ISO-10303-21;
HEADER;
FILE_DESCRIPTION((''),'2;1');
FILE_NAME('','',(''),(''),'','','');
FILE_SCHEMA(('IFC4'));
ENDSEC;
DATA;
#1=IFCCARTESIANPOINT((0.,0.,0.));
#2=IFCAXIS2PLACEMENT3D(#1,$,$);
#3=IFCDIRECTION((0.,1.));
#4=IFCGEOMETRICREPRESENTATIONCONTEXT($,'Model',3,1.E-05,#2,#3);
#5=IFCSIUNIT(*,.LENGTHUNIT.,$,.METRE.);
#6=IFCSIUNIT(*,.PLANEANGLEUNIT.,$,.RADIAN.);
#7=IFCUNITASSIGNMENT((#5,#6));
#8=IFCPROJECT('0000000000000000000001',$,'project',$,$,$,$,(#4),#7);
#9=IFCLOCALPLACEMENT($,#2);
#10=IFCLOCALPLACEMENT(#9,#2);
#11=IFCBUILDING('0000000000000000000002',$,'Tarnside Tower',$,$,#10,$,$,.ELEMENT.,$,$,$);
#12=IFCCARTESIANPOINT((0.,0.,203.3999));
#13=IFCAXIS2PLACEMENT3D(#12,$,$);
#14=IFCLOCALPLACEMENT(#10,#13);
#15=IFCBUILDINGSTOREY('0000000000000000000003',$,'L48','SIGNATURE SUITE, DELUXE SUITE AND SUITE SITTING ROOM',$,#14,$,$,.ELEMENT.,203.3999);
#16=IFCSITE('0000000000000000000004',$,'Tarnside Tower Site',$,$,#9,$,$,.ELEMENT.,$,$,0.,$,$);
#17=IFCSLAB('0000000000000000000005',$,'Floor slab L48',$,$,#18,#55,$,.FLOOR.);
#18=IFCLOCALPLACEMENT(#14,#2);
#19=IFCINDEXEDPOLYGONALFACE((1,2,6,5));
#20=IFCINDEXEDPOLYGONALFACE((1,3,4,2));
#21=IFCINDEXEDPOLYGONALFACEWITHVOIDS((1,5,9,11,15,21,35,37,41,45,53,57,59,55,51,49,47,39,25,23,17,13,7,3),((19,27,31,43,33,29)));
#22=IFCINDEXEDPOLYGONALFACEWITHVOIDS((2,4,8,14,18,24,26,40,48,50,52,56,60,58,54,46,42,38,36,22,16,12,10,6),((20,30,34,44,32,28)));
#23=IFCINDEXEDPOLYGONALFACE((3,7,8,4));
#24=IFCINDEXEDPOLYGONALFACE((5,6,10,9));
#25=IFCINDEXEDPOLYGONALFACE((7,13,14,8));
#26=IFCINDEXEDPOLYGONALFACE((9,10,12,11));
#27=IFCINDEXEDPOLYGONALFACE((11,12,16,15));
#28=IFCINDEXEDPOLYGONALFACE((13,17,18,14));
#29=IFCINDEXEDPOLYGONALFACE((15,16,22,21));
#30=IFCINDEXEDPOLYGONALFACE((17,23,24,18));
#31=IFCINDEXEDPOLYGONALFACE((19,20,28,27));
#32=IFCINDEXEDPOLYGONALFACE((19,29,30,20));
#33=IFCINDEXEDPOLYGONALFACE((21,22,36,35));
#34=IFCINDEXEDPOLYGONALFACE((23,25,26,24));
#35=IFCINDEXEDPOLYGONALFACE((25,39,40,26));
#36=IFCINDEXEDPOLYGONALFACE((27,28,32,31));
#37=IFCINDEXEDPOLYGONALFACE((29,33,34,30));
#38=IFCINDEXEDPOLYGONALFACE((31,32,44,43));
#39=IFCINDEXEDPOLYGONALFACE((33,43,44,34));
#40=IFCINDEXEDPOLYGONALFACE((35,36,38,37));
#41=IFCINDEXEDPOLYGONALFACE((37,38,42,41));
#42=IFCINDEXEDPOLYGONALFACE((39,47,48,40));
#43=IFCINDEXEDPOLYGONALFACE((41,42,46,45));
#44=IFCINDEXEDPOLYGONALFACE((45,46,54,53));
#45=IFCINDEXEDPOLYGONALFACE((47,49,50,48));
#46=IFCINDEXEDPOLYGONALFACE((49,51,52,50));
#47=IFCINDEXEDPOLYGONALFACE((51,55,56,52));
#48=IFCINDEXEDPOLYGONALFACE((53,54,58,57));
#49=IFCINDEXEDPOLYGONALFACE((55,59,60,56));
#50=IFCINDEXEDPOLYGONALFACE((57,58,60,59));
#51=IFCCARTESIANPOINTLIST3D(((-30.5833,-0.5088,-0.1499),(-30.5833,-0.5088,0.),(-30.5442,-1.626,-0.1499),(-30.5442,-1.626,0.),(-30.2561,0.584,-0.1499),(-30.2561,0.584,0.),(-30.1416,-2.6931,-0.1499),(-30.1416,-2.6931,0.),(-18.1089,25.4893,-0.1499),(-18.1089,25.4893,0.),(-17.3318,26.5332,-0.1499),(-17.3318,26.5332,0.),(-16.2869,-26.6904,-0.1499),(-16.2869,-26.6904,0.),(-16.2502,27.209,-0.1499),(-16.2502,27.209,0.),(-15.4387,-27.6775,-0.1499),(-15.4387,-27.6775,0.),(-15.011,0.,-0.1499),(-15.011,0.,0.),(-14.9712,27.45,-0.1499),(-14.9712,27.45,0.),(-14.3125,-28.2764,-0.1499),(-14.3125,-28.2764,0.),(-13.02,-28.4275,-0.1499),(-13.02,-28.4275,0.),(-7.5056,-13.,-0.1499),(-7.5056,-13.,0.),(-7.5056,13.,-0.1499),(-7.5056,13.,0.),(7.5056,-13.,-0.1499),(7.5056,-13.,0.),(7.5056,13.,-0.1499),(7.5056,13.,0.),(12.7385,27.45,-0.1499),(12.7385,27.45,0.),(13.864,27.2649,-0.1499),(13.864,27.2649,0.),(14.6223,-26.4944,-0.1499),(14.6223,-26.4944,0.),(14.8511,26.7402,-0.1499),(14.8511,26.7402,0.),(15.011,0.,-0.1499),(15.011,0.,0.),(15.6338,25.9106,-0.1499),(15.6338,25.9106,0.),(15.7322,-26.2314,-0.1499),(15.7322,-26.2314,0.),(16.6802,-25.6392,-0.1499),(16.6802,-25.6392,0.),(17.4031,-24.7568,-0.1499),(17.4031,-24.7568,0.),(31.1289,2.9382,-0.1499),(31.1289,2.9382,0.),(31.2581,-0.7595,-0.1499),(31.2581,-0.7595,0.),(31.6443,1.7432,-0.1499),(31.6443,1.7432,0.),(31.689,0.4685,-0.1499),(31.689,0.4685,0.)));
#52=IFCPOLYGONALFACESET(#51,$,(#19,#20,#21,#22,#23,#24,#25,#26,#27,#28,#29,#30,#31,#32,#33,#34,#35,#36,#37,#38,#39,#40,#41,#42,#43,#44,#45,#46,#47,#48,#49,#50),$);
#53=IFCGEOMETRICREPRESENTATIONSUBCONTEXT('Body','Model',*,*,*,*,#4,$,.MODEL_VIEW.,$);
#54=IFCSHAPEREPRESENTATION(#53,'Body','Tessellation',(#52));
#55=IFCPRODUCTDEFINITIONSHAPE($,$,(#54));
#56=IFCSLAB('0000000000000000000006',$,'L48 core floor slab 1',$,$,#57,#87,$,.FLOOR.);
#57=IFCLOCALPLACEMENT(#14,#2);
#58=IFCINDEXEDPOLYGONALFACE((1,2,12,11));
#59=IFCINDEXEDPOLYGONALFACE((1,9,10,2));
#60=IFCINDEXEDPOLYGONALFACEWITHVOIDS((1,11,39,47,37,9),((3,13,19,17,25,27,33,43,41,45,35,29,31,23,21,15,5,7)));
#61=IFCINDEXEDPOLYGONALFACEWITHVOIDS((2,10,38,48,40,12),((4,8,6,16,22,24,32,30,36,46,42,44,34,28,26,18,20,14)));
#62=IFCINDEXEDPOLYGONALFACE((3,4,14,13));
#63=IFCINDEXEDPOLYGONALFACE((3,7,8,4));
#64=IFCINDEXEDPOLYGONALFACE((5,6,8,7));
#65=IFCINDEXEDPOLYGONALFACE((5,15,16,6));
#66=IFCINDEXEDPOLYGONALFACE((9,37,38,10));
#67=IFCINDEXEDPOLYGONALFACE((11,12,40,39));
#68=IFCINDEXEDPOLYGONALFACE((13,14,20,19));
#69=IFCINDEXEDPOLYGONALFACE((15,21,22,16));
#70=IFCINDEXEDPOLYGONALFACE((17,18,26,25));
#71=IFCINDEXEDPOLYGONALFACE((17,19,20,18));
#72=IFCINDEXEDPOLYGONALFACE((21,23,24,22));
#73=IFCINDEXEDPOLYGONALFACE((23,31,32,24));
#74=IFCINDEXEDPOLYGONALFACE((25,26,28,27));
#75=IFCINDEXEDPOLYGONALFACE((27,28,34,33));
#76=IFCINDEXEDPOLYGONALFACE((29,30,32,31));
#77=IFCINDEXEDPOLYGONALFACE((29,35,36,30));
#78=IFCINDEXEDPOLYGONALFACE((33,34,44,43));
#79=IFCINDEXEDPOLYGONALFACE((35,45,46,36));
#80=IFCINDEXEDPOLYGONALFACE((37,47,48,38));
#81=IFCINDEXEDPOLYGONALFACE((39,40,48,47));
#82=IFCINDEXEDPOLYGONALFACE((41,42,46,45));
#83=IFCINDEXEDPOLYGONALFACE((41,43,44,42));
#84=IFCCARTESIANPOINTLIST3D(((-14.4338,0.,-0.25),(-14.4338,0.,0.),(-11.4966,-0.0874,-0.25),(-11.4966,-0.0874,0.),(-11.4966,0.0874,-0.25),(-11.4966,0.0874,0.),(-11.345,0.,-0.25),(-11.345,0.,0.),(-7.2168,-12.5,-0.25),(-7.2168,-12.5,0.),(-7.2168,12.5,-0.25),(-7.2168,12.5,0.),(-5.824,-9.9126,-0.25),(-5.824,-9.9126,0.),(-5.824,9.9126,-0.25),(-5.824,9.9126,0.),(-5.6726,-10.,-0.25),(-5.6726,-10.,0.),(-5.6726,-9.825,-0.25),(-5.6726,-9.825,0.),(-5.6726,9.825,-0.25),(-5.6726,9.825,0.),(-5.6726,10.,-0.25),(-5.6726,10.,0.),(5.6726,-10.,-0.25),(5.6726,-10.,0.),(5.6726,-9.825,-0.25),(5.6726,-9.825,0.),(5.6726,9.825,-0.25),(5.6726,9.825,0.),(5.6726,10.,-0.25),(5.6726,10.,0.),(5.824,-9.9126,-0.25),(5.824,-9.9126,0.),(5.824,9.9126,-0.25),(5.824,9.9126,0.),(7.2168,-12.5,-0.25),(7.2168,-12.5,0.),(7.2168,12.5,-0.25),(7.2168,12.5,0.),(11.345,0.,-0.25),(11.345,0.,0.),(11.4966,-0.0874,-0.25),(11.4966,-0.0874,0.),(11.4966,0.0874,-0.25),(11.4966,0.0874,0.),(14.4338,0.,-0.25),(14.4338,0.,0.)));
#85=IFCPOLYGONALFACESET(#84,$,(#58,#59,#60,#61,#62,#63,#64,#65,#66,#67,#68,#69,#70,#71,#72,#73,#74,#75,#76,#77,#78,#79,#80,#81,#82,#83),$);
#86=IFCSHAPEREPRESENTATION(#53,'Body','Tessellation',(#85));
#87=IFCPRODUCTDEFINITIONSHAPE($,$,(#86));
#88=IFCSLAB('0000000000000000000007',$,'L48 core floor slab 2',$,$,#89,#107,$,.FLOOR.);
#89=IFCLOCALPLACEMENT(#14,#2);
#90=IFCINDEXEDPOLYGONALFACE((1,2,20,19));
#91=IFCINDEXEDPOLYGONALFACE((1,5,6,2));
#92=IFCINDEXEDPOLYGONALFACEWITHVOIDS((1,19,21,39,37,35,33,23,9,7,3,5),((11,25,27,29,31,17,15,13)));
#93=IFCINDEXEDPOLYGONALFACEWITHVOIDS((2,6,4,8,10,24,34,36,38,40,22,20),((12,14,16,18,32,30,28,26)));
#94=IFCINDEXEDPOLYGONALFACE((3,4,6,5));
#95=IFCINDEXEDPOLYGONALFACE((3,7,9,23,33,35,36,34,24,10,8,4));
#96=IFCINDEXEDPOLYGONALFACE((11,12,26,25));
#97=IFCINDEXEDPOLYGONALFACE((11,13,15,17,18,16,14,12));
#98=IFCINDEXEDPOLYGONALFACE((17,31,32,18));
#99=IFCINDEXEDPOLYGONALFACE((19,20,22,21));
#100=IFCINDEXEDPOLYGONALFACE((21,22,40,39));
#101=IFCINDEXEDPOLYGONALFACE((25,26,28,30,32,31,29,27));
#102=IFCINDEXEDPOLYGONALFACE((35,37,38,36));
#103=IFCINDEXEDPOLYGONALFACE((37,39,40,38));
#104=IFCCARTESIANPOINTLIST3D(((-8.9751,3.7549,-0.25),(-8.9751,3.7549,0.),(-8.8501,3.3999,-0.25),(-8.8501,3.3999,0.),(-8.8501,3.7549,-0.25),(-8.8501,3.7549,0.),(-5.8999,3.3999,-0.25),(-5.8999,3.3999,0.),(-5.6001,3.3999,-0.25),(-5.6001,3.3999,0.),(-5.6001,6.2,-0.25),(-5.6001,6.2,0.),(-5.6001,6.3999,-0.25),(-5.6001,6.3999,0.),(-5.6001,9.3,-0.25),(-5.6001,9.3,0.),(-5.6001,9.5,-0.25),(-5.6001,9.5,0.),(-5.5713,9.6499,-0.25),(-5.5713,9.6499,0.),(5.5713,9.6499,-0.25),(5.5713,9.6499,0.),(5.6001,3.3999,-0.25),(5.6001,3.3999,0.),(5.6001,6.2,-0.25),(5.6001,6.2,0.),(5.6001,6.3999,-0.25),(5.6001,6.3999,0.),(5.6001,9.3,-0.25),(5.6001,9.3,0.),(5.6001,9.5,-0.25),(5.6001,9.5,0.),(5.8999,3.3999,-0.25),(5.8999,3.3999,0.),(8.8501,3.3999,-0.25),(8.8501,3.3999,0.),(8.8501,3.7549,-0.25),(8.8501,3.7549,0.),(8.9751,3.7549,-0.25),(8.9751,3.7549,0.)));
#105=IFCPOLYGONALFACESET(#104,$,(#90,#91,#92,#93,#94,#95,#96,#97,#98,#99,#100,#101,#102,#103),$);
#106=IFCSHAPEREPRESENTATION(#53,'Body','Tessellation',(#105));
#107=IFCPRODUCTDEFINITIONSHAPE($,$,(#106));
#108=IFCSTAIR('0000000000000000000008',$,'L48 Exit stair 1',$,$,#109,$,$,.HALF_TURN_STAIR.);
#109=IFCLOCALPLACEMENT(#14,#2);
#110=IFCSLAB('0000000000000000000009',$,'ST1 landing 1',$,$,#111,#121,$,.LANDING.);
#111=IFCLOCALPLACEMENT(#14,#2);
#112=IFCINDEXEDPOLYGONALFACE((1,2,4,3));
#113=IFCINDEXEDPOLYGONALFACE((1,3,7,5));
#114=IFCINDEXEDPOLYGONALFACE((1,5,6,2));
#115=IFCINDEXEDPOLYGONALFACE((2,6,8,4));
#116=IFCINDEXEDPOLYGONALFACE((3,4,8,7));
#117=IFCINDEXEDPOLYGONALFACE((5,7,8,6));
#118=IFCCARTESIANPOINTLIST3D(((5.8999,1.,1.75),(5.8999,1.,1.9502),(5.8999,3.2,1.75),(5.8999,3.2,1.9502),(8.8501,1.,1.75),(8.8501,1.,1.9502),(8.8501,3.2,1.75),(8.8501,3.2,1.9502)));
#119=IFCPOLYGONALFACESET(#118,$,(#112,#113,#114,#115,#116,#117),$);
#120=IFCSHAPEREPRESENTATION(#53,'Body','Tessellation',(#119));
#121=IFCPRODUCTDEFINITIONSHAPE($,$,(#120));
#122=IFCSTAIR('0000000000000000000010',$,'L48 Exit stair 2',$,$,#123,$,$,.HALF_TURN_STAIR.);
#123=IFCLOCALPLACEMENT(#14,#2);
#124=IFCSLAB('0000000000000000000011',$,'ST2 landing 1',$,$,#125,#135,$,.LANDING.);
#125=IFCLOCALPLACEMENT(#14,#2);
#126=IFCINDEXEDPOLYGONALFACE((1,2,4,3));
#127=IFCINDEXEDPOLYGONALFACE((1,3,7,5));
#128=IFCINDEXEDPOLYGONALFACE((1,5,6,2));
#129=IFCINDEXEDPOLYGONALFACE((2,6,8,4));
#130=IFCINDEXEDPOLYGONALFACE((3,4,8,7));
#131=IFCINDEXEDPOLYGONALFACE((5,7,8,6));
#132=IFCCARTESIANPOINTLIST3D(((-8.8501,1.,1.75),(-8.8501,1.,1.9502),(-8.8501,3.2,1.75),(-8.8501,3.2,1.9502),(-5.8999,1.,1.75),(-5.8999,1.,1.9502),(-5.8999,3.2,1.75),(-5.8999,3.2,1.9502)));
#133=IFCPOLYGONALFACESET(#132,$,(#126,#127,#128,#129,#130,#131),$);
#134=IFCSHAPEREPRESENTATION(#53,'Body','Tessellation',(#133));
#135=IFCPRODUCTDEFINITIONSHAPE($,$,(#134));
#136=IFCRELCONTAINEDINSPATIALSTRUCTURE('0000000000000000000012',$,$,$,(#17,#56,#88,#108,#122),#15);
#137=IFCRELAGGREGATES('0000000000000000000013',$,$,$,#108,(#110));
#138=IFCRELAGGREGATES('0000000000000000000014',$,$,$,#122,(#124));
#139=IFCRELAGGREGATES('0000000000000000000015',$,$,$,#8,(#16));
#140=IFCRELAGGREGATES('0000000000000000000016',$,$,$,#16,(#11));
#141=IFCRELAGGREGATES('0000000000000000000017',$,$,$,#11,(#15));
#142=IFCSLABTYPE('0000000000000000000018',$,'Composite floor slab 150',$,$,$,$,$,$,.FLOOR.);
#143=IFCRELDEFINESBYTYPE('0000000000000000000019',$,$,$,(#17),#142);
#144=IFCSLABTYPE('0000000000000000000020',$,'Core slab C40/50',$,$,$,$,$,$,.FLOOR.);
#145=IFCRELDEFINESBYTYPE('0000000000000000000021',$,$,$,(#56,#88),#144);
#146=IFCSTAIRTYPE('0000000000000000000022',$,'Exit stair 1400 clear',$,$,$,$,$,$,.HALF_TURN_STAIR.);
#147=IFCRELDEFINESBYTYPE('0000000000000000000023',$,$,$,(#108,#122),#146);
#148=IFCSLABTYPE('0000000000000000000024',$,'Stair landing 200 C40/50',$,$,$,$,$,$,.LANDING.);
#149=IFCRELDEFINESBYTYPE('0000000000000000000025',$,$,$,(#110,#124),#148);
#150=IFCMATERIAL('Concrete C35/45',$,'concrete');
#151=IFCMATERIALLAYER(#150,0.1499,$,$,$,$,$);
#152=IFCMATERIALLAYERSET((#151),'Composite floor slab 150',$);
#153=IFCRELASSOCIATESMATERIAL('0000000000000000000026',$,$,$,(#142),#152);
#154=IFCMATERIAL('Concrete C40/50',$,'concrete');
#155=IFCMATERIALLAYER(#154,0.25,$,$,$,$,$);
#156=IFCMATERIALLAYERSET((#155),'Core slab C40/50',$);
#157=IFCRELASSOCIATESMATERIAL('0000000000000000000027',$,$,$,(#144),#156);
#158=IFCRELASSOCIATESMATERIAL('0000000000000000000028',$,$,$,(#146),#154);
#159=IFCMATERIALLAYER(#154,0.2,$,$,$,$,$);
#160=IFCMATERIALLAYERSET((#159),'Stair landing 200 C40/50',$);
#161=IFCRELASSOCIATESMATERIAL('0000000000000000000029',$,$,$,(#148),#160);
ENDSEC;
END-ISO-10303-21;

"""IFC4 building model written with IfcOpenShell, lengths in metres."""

from ifc_helpers import new_model, si_unit, direction, frame, origin, place, context, subcontext, project, spatial, polyline, outline, extrude, material, layer, layer_set, type_object, element, aggregate, save


model = new_model("IFC4")

# Units and contexts
model_context = context("Model", 3, precision=1e-05, world=origin(), true_north=direction((0.0, 1.0)))
body_context = subcontext(model_context, "Body", "Model", "MODEL_VIEW")
ifc_project = project(units=[si_unit("LENGTHUNIT", "METRE"), si_unit("PLANEANGLEUNIT", "RADIAN")], contexts=[model_context])

# Site, building, storey
site_placement = place(None, origin())
site = spatial("IfcSite", under=ifc_project, at=site_placement, Name="Tarnside Tower Site", CompositionType="ELEMENT", RefElevation=0.0)
building_placement = place(site_placement, origin())
building = spatial("IfcBuilding", under=site, at=building_placement, Name="Tarnside Tower", CompositionType="ELEMENT")
storey_placement = place(building_placement, frame((0.0, 0.0, 203.3999)))
storey = spatial("IfcBuildingStorey", under=building, at=storey_placement, Name="L48", Description="SIGNATURE SUITE, DELUXE SUITE AND SUITE SITTING ROOM", CompositionType="ELEMENT", Elevation=203.3999)

# Slabs
ifc_material_1 = material(Name="Concrete C35/45", Category="concrete")
ifc_layer_1 = layer(ifc_material_1, 0.1499)
ifc_layer_set_1 = layer_set([ifc_layer_1], Name="Composite floor slab 150")
slab_type_1 = type_object("IfcSlabType", Name="Composite floor slab 150", PredefinedType="FLOOR", material=ifc_layer_set_1)
slab_1_placement = place(storey_placement, frame((0.0, 0.0, -0.1499)))
element("IfcSlab", 1, at=slab_1_placement, inside=storey, type_object=slab_type_1, Name="Floor slab L48", PredefinedType="FLOOR", context=body_context, shape_type="SweptSolid", body=[
    extrude(outline(polyline([(13.864, 27.2649), (14.8511, 26.7402), (15.6338, 25.9106), (31.1289, 2.9382), (31.6443, 1.7432), (31.689, 0.4685), (31.2581, -0.7595), (17.4031, -24.7568), (16.6802, -25.6392), (15.7322, -26.2314), (14.6223, -26.4944), (-13.02, -28.4275), (-14.3125, -28.2764), (-15.4387, -27.6775), (-16.2869, -26.6904), (-30.1416, -2.6931), (-30.5442, -1.626), (-30.5833, -0.5088), (-30.2561, 0.584), (-18.1089, 25.4893), (-17.3318, 26.5332), (-16.2502, 27.209), (-14.9712, 27.45), (12.7385, 27.45), (13.864, 27.2649)]), holes=[polyline([(-15.011, 0.0), (-7.5056, -13.0), (7.5056, -13.0), (15.011, 0.0), (7.5056, 13.0), (-7.5056, 13.0), (-15.011, 0.0)])]), origin(), (0.0, 0.0, 1.0), 0.1499),
])
ifc_material_2 = material(Name="Concrete C40/50", Category="concrete")
ifc_layer_2 = layer(ifc_material_2, 0.25)
ifc_layer_set_2 = layer_set([ifc_layer_2], Name="Core slab C40/50")
slab_type_2 = type_object("IfcSlabType", Name="Core slab C40/50", PredefinedType="FLOOR", material=ifc_layer_set_2)
slab_2_placement = place(storey_placement, frame((0.0, 0.0, -0.25)))
element("IfcSlab", 2, at=slab_2_placement, inside=storey, type_object=slab_type_2, Name="L48 core floor slab 1", PredefinedType="FLOOR", context=body_context, shape_type="SweptSolid", body=[
    extrude(outline(polyline([(-7.2168, 12.5), (7.2168, 12.5), (14.4338, 0.0), (7.2168, -12.5), (-7.2168, -12.5), (-14.4338, 0.0), (-7.2168, 12.5)]), holes=[polyline([(5.824, -9.9126), (11.4966, -0.0874), (11.345, 0.0), (11.4966, 0.0874), (5.824, 9.9126), (5.6726, 9.825), (5.6726, 10.0), (-5.6726, 10.0), (-5.6726, 9.825), (-5.824, 9.9126), (-11.4966, 0.0874), (-11.345, 0.0), (-11.4966, -0.0874), (-5.824, -9.9126), (-5.6726, -9.825), (-5.6726, -10.0), (5.6726, -10.0), (5.6726, -9.825), (5.824, -9.9126)])]), origin(), (0.0, 0.0, 1.0), 0.25),
])
slab_3_placement = place(storey_placement, frame((0.0, 0.0, -0.25)))
element("IfcSlab", 3, at=slab_3_placement, inside=storey, type_object=slab_type_2, Name="L48 core floor slab 2", PredefinedType="FLOOR", context=body_context, shape_type="SweptSolid", body=[
    extrude(outline(polyline([(-8.9751, 3.7549), (-5.5713, 9.6499), (5.5713, 9.6499), (8.9751, 3.7549), (8.8501, 3.7549), (8.8501, 3.3999), (5.8999, 3.3999), (5.6001, 3.3999), (5.6001, 3.3999), (-5.6001, 3.3999), (-5.8999, 3.3999), (-8.8501, 3.3999), (-8.8501, 3.7549), (-8.9751, 3.7549)]), holes=[polyline([(-5.6001, 6.2), (5.6001, 6.2), (5.6001, 6.3999), (5.6001, 9.3), (5.6001, 9.5), (-5.6001, 9.5), (-5.6001, 9.3), (-5.6001, 6.3999), (-5.6001, 6.2)])]), origin(), (0.0, 0.0, 1.0), 0.25),
])

# Stairs, slabs
stair_type = type_object("IfcStairType", Name="Exit stair 1400 clear", PredefinedType="HALF_TURN_STAIR", material=ifc_material_2)
stair_1_placement = place(storey_placement, origin())
stair_1 = element("IfcStair", 4, at=stair_1_placement, inside=storey, type_object=stair_type, Name="L48 Exit stair 1", PredefinedType="HALF_TURN_STAIR")
ifc_layer_3 = layer(ifc_material_2, 0.2)
ifc_layer_set_3 = layer_set([ifc_layer_3], Name="Stair landing 200 C40/50")
slab_type_3 = type_object("IfcSlabType", Name="Stair landing 200 C40/50", PredefinedType="LANDING", material=ifc_layer_set_3)
slab_4_placement = place(storey_placement, frame((0.0, 0.0, 1.75)))
slab_4 = element("IfcSlab", 5, at=slab_4_placement, type_object=slab_type_3, Name="ST1 landing 1", PredefinedType="LANDING", context=body_context, shape_type="SweptSolid", body=[
    extrude(outline(polyline([(8.8501, 1.0), (8.8501, 3.2), (5.8999, 3.2), (5.8999, 1.0), (8.8501, 1.0)])), origin(), (0.0, 0.0, 1.0), 0.2002),
])
aggregate(stair_1, [slab_4])
stair_2_placement = place(storey_placement, origin())
stair_2 = element("IfcStair", 6, at=stair_2_placement, inside=storey, type_object=stair_type, Name="L48 Exit stair 2", PredefinedType="HALF_TURN_STAIR")
slab_5_placement = place(storey_placement, frame((0.0, 0.0, 1.75)))
slab_5 = element("IfcSlab", 7, at=slab_5_placement, type_object=slab_type_3, Name="ST2 landing 1", PredefinedType="LANDING", context=body_context, shape_type="SweptSolid", body=[
    extrude(outline(polyline([(-5.8999, 1.0), (-5.8999, 3.2), (-8.8501, 3.2), (-8.8501, 1.0), (-5.8999, 1.0)])), origin(), (0.0, 0.0, 1.0), 0.2002),
])

aggregate(stair_2, [slab_5])

save(model, "model.ifc")
